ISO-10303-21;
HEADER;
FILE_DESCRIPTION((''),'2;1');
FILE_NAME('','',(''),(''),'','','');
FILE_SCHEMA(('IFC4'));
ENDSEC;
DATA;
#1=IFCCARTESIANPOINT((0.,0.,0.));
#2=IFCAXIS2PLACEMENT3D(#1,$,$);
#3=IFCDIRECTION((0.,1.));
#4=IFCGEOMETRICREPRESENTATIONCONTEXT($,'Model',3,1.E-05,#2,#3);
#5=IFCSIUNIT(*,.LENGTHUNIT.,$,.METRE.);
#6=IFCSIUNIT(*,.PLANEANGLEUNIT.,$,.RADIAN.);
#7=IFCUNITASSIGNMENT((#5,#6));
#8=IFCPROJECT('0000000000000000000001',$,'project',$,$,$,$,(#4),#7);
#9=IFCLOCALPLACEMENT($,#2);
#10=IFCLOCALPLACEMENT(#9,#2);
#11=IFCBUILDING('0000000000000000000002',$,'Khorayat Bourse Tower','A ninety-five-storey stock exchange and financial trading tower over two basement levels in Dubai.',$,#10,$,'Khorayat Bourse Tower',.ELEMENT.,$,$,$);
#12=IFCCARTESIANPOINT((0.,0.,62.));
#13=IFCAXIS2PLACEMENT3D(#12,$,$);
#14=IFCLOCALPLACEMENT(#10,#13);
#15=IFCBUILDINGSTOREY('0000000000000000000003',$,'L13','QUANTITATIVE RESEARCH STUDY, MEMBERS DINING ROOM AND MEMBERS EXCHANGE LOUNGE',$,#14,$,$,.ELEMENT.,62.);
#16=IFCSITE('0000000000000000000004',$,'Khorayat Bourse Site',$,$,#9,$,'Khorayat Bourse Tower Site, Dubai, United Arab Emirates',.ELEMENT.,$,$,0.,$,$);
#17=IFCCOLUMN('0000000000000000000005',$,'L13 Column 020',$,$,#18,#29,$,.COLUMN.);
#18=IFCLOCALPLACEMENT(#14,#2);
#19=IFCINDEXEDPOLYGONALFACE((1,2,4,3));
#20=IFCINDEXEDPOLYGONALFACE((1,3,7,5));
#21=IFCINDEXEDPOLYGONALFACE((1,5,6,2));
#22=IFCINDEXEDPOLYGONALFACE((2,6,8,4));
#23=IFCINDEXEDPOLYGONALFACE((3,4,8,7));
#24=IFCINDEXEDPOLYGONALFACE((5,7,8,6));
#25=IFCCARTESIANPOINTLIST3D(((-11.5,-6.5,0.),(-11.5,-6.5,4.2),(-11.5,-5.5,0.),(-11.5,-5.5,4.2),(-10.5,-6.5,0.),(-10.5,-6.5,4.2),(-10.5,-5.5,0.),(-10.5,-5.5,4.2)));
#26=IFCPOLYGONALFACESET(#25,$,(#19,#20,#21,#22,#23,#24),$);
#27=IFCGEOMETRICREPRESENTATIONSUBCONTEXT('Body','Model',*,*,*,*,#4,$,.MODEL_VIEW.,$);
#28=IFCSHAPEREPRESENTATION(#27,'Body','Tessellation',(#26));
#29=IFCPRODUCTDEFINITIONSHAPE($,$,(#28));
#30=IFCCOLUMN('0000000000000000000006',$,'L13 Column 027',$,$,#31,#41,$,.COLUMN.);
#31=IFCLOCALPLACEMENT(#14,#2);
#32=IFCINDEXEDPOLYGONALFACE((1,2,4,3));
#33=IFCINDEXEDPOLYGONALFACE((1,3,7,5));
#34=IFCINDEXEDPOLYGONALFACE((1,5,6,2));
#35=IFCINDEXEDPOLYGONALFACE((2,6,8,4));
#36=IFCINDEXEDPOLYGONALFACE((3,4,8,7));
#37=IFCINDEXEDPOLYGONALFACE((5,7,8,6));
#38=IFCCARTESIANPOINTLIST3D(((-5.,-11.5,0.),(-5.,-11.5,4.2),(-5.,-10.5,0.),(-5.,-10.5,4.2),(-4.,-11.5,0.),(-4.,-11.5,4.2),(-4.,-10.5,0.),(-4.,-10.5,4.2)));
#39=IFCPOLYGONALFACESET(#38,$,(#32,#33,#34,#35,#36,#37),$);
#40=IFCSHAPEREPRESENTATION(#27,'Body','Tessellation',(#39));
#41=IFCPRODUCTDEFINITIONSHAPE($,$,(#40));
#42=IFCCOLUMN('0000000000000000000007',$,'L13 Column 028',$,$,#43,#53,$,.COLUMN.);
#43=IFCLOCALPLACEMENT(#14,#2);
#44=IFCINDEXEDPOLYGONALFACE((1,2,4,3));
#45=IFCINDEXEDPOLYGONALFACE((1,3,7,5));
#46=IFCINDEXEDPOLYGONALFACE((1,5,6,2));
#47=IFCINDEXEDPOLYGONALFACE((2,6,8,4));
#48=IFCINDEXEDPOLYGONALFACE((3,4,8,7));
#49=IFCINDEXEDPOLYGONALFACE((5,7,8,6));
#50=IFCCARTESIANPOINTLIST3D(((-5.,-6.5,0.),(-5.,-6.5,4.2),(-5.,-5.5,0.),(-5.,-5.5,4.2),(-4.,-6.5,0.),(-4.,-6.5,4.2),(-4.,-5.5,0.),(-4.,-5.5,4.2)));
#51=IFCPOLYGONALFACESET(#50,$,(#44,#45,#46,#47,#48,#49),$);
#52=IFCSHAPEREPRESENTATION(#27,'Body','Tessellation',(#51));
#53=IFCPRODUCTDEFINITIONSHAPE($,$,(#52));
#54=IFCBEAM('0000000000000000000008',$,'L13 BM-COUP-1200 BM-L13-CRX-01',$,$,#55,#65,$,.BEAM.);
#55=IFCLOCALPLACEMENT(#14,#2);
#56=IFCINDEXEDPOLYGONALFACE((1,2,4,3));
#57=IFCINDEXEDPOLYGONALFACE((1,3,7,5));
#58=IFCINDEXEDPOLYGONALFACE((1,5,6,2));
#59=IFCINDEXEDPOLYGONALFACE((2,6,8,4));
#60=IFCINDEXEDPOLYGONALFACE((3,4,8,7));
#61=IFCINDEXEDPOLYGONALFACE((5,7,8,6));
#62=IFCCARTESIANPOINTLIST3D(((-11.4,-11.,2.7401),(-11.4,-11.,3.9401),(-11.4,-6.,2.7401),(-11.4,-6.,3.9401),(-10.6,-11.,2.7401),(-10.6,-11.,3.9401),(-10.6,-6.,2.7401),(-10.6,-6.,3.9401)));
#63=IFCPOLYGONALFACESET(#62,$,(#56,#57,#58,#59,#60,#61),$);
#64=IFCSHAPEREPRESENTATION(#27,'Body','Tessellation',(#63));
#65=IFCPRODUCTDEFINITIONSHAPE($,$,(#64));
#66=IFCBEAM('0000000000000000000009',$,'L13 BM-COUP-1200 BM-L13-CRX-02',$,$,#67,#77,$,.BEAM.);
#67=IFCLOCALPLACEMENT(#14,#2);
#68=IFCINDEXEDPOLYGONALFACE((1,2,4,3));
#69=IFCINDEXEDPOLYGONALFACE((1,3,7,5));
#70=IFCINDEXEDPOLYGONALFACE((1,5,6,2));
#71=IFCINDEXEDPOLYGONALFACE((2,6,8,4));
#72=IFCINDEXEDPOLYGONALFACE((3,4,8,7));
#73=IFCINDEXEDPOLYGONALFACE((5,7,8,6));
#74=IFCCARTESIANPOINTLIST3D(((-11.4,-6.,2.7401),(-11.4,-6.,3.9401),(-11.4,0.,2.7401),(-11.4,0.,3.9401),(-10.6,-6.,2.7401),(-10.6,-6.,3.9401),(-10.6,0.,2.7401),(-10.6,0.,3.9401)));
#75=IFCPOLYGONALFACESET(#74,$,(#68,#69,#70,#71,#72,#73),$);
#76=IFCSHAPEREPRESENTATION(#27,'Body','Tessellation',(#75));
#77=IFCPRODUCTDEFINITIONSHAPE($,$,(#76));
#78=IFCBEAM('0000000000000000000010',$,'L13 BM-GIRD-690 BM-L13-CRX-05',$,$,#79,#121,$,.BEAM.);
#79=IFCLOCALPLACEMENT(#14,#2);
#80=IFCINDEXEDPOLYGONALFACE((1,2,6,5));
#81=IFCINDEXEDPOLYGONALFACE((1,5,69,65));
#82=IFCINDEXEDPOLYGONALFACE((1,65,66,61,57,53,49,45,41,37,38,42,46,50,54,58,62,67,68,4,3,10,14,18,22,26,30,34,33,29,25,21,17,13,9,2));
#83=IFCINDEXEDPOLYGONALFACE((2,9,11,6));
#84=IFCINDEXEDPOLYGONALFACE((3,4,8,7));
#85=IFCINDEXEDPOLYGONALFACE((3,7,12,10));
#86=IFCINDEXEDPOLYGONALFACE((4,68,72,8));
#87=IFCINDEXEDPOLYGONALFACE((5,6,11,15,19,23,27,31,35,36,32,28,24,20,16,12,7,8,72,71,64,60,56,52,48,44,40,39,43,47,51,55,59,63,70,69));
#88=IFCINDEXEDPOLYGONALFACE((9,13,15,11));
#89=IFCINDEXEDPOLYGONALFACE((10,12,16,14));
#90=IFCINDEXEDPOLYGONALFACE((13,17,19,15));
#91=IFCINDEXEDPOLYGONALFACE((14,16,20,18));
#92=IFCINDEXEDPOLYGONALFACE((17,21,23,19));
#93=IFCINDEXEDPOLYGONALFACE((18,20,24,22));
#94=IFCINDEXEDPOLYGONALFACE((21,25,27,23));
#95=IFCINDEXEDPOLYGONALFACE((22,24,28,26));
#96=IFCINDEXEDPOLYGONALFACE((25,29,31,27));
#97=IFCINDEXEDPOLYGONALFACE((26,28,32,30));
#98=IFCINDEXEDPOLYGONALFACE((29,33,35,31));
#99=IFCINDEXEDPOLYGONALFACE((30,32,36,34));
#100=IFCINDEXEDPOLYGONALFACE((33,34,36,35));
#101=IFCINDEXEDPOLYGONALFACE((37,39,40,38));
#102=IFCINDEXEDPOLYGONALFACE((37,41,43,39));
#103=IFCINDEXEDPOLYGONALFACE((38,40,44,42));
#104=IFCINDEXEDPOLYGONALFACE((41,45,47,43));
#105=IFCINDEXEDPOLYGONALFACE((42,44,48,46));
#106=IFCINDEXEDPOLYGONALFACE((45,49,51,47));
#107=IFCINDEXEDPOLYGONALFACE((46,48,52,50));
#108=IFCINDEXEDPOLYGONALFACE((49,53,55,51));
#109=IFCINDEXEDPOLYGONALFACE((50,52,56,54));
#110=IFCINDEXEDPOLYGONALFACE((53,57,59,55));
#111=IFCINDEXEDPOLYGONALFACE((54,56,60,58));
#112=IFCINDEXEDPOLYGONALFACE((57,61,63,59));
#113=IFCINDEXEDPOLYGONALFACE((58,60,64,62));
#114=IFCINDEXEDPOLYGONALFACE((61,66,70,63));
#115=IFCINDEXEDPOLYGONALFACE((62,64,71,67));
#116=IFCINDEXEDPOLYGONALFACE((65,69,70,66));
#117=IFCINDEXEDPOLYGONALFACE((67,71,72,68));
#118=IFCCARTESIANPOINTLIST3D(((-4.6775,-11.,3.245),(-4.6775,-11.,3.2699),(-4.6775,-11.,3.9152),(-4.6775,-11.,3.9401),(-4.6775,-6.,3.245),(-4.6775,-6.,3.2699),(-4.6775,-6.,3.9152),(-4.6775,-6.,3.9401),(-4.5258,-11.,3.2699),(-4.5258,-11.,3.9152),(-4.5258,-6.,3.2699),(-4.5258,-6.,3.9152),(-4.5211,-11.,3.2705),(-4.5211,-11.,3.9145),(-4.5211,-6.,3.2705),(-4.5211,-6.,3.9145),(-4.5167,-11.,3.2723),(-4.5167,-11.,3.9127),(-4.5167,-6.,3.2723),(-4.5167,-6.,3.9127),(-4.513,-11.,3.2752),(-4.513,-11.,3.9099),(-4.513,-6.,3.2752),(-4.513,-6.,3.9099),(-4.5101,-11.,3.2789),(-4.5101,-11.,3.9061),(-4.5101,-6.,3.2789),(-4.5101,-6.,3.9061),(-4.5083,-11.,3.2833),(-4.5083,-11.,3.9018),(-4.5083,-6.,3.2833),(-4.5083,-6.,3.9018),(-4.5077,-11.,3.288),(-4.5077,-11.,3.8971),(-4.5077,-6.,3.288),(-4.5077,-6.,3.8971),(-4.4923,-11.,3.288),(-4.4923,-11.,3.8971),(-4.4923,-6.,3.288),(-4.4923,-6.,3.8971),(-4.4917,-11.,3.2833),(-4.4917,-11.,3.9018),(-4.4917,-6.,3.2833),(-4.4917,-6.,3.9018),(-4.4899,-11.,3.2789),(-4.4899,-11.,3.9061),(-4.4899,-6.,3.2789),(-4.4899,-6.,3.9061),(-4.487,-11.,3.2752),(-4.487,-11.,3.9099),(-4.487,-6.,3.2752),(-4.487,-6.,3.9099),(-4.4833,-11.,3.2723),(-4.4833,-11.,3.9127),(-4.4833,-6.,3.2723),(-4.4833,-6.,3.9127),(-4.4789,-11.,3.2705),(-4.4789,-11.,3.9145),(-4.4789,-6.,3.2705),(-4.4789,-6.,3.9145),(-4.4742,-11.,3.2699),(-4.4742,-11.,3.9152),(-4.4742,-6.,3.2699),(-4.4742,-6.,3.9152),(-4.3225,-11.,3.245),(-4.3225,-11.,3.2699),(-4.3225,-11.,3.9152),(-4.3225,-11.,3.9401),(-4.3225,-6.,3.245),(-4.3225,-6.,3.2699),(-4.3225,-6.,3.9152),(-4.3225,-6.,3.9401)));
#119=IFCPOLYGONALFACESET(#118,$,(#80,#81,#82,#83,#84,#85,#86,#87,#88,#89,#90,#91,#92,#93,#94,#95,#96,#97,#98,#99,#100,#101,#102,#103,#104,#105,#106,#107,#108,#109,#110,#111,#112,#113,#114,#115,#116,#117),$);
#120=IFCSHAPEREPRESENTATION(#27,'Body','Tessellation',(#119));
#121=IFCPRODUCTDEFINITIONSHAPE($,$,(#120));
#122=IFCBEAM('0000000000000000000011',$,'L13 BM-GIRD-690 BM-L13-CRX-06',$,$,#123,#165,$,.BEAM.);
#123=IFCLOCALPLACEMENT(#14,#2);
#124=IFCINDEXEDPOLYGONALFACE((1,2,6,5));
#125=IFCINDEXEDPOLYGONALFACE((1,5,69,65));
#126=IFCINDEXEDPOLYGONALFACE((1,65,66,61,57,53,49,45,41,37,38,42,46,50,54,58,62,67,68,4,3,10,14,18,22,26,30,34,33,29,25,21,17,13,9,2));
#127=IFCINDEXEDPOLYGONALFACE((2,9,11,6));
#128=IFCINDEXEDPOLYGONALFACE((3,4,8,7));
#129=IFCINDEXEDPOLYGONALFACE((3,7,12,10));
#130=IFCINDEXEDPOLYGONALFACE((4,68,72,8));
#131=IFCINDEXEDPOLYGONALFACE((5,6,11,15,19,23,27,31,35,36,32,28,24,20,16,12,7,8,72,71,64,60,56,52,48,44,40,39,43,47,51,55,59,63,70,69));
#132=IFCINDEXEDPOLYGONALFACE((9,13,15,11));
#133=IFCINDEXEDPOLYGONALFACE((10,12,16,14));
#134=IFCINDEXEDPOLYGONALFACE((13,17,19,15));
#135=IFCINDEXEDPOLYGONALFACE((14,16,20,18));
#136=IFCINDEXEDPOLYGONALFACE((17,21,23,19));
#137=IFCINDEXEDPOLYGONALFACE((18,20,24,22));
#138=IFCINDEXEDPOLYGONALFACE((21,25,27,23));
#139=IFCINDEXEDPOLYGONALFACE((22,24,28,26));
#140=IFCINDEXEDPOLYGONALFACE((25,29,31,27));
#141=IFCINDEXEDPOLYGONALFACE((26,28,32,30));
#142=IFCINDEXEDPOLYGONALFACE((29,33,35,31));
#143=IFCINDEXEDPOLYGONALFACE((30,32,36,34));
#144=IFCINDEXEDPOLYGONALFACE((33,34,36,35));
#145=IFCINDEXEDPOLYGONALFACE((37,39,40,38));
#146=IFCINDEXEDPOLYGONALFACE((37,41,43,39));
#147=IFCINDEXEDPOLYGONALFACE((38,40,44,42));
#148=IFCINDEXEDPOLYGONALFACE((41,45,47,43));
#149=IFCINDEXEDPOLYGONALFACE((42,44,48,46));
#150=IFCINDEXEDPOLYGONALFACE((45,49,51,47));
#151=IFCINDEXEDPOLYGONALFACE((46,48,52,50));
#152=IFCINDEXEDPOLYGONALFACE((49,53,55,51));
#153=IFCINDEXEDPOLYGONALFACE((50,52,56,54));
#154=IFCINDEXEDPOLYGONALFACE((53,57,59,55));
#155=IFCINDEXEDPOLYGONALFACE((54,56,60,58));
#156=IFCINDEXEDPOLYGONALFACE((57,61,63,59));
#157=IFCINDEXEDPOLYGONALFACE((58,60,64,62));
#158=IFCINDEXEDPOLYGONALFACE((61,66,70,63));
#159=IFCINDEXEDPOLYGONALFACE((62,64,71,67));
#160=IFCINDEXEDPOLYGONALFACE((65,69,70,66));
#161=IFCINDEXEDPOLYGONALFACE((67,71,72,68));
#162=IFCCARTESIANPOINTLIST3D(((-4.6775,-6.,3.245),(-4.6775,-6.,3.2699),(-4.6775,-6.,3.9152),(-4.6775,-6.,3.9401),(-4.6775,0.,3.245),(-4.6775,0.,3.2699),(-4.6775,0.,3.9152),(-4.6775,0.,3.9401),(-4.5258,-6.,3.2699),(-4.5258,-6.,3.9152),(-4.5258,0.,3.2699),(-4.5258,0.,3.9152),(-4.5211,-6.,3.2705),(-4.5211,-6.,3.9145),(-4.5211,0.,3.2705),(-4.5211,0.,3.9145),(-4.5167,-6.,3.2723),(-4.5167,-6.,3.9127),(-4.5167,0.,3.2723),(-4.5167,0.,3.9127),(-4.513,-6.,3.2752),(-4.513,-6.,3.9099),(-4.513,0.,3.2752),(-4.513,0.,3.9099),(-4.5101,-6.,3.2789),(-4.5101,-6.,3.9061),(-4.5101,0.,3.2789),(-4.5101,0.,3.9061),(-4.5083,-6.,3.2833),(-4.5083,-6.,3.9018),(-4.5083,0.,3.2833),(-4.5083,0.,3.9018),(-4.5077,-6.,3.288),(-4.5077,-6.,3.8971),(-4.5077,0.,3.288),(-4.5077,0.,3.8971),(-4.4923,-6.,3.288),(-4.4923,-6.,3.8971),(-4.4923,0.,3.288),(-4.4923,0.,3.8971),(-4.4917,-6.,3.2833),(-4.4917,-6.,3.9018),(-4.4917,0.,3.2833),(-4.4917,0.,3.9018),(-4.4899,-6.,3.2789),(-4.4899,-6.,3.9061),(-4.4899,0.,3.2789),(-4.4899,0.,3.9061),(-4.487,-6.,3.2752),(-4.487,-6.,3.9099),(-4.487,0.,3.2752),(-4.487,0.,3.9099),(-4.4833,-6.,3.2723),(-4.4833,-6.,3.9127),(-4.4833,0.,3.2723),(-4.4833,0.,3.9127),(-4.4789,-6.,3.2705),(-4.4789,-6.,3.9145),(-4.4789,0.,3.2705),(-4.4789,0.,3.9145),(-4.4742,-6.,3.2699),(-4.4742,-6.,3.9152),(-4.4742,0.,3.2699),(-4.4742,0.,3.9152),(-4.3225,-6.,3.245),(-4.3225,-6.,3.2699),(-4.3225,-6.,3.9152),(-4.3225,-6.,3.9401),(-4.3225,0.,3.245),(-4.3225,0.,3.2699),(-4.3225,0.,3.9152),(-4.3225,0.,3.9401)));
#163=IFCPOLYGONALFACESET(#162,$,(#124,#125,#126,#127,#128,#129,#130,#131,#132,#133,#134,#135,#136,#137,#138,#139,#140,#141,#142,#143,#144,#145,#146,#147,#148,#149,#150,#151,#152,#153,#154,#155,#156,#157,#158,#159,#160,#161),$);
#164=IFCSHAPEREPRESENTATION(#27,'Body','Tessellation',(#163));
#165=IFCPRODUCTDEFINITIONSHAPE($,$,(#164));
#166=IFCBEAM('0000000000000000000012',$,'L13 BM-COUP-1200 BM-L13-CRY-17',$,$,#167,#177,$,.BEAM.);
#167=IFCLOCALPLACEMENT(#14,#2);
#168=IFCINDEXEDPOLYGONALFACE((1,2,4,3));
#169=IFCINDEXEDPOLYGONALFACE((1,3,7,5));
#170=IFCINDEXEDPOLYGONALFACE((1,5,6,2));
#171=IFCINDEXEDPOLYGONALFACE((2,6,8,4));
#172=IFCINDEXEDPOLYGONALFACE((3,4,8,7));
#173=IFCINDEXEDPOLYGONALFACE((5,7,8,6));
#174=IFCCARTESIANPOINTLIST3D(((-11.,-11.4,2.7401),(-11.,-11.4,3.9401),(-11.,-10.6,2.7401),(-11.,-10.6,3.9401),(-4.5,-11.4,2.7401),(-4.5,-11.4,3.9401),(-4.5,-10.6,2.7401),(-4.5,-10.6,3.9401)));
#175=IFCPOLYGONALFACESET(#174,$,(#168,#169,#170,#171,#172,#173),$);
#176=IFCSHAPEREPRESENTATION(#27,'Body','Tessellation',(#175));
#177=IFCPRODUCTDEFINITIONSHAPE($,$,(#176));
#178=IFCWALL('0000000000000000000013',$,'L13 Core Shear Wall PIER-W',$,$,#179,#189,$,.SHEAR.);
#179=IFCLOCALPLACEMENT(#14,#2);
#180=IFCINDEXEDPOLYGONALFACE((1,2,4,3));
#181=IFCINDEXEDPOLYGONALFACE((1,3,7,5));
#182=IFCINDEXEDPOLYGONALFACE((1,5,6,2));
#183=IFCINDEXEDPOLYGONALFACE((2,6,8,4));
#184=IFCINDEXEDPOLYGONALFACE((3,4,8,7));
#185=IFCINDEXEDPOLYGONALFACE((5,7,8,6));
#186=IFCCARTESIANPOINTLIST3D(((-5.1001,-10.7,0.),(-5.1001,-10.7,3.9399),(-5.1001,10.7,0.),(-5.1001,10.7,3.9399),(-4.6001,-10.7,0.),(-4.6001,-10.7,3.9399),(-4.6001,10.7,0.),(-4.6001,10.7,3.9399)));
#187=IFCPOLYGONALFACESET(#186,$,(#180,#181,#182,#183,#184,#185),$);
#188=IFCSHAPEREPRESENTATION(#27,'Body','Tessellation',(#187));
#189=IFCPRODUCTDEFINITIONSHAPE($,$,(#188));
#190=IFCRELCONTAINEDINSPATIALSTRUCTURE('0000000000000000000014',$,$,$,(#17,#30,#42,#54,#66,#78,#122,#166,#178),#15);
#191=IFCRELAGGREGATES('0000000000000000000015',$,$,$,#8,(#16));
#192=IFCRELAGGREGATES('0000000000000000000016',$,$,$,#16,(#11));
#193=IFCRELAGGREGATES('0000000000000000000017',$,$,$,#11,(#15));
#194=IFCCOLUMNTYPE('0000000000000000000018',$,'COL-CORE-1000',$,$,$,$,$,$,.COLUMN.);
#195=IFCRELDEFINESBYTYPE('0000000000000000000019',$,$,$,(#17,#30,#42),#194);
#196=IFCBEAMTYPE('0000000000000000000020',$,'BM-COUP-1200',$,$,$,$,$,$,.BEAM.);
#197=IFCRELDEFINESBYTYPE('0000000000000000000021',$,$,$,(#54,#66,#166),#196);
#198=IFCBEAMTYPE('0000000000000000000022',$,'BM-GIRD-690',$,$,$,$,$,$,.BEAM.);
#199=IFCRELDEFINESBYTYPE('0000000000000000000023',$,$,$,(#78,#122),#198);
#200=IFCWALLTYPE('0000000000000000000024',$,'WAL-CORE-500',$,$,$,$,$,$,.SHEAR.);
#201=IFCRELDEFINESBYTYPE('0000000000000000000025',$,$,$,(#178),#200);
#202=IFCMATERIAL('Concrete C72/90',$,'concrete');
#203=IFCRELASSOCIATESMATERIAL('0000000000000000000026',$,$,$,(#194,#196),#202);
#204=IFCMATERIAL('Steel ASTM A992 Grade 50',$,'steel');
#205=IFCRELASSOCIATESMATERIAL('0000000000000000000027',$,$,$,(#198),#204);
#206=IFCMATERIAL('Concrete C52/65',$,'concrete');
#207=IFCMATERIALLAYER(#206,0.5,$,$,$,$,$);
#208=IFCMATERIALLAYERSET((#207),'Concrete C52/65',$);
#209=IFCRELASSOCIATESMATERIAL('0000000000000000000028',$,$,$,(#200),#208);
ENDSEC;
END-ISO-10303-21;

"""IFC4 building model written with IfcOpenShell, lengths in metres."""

from ifc_helpers import new_model, si_unit, direction, frame, frame_2d, origin, origin_2d, place, context, subcontext, project, spatial, rectangle, i_section, extrude, source, transform, mapped, material, layer, layer_set, material_profile, profile_set, type_object, element, save


model = new_model("IFC4")

# Units and contexts
model_context = context("Model", 3, precision=1e-05, world=origin(), true_north=direction((0.0, 1.0)))
body_context = subcontext(model_context, "Body", "Model", "MODEL_VIEW")
ifc_project = project(units=[si_unit("LENGTHUNIT", "METRE"), si_unit("PLANEANGLEUNIT", "RADIAN")], contexts=[model_context])

# Site, building, storey
site_placement = place(None, origin())
site = spatial("IfcSite", under=ifc_project, at=site_placement, Name="Khorayat Bourse Site", LongName="Khorayat Bourse Tower Site, Dubai, United Arab Emirates", CompositionType="ELEMENT", RefElevation=0.0)
building_placement = place(site_placement, origin())
building = spatial("IfcBuilding", under=site, at=building_placement, Name="Khorayat Bourse Tower", Description="A ninety-five-storey stock exchange and financial trading tower over two basement levels in Dubai.", LongName="Khorayat Bourse Tower", CompositionType="ELEMENT")
storey_placement = place(building_placement, frame((0.0, 0.0, 62.0)))
storey = spatial("IfcBuildingStorey", under=building, at=storey_placement, Name="L13", Description="QUANTITATIVE RESEARCH STUDY, MEMBERS DINING ROOM AND MEMBERS EXCHANGE LOUNGE", CompositionType="ELEMENT", Elevation=62.0)

# Columns
ifc_material_1 = material(Name="Concrete C72/90", Category="concrete")
ifc_material_profile_1 = material_profile(ifc_material_1, rectangle(XDim=1.0, YDim=1.0, at=origin_2d()), Name="RC 1000x1000")
ifc_profile_set_1 = profile_set([ifc_material_profile_1], Name="Concrete C72/90")
column_type = type_object("IfcColumnType", Name="COL-CORE-1000", PredefinedType="COLUMN", material=ifc_profile_set_1)
shared_shape_1 = source(origin(), body_context, "Body", "SweptSolid", [
    extrude(rectangle(XDim=1.0, YDim=1.0, at=origin_2d()), origin(), (0.0, 0.0, 1.0), 4.2),
])
for number, where, z_axis, x_axis, name in (
    (1, (-11.0, -6.0, 0.0), (0.0, 0.0, 1.0), (1.0, 0.0, 0.0), "L13 Column 020"),
    (2, (-4.5, -11.0, 0.0), (0.0, 0.0, 1.0), (1.0, 0.0, 0.0), "L13 Column 027"),
    (3, (-4.5, -6.0, 0.0), (0.0, 0.0, 1.0), (1.0, 0.0, 0.0), "L13 Column 028"),
):
    element("IfcColumn", number, at=place(storey_placement, frame(where, z_axis=z_axis, x_axis=x_axis)), inside=storey, type_object=column_type, Name=name, PredefinedType="COLUMN", context=body_context, shape_type="MappedRepresentation", body=[
        mapped(shared_shape_1, transform((0.0, 0.0, 0.0), scale=1.0)),
    ])

# Beams
ifc_material_profile_2 = material_profile(ifc_material_1, rectangle(XDim=0.8, YDim=1.2, at=origin_2d()), Name="RC 800x1200")
ifc_profile_set_2 = profile_set([ifc_material_profile_2], Name="Concrete C72/90")
beam_type_1 = type_object("IfcBeamType", Name="BM-COUP-1200", PredefinedType="BEAM", material=ifc_profile_set_2)
shared_shape_2 = source(origin(), body_context, "Body", "SweptSolid", [
    extrude(rectangle(XDim=0.8, YDim=1.2, at=origin_2d()), origin(), (0.0, 0.0, 1.0), 5.0),
])
beam_1_placement = place(storey_placement, frame((-11.0, -11.0, 3.3401), z_axis=(0.0, 1.0, 0.0), x_axis=(-1.0, 0.0, 0.0)))
element("IfcBeam", 4, at=beam_1_placement, inside=storey, type_object=beam_type_1, Name="L13 BM-COUP-1200 BM-L13-CRX-01", PredefinedType="BEAM", context=body_context, shape_type="MappedRepresentation", body=[
    mapped(shared_shape_2, transform((0.0, 0.0, 0.0), scale=1.0)),
])
shared_shape_3 = source(origin(), body_context, "Body", "SweptSolid", [
    extrude(rectangle(XDim=0.8, YDim=1.2, at=origin_2d()), origin(), (0.0, 0.0, 1.0), 6.0),
])
beam_2_placement = place(storey_placement, frame((-11.0, -6.0, 3.3401), z_axis=(0.0, 1.0, 0.0), x_axis=(-1.0, 0.0, 0.0)))
element("IfcBeam", 5, at=beam_2_placement, inside=storey, type_object=beam_type_1, Name="L13 BM-COUP-1200 BM-L13-CRX-02", PredefinedType="BEAM", context=body_context, shape_type="MappedRepresentation", body=[
    mapped(shared_shape_3, transform((0.0, 0.0, 0.0), scale=1.0)),
])
ifc_material_2 = material(Name="Steel ASTM A992 Grade 50", Category="steel")
ifc_material_profile_3 = material_profile(ifc_material_2, i_section(OverallWidth=0.355, OverallDepth=0.6951, WebThickness=0.0154, FlangeThickness=0.0249, FilletRadius=0.0181, at=origin_2d()), Name="W690X217")
ifc_profile_set_3 = profile_set([ifc_material_profile_3], Name="Steel ASTM A992 Grade 50")
beam_type_2 = type_object("IfcBeamType", Name="BM-GIRD-690", PredefinedType="BEAM", material=ifc_profile_set_3)
shared_shape_4 = source(origin(), body_context, "Body", "SweptSolid", [
    extrude(i_section(OverallWidth=0.355, OverallDepth=0.6951, WebThickness=0.0154, FlangeThickness=0.0249, FilletRadius=0.0181, at=origin_2d()), origin(), (0.0, 0.0, 1.0), 5.0),
])
beam_3_placement = place(storey_placement, frame((-4.5, -11.0, 3.5925), z_axis=(0.0, 1.0, 0.0), x_axis=(-1.0, 0.0, 0.0)))
element("IfcBeam", 6, at=beam_3_placement, inside=storey, type_object=beam_type_2, Name="L13 BM-GIRD-690 BM-L13-CRX-05", PredefinedType="BEAM", context=body_context, shape_type="MappedRepresentation", body=[
    mapped(shared_shape_4, transform((0.0, 0.0, 0.0), scale=1.0)),
])
shared_shape_5 = source(origin(), body_context, "Body", "SweptSolid", [
    extrude(i_section(OverallWidth=0.355, OverallDepth=0.6951, WebThickness=0.0154, FlangeThickness=0.0249, FilletRadius=0.0181, at=origin_2d()), origin(), (0.0, 0.0, 1.0), 6.0),
])
beam_4_placement = place(storey_placement, frame((-4.5, -6.0, 3.5925), z_axis=(0.0, 1.0, 0.0), x_axis=(-1.0, 0.0, 0.0)))
element("IfcBeam", 7, at=beam_4_placement, inside=storey, type_object=beam_type_2, Name="L13 BM-GIRD-690 BM-L13-CRX-06", PredefinedType="BEAM", context=body_context, shape_type="MappedRepresentation", body=[
    mapped(shared_shape_5, transform((0.0, 0.0, 0.0), scale=1.0)),
])
shared_shape_6 = source(origin(), body_context, "Body", "SweptSolid", [
    extrude(rectangle(XDim=0.8, YDim=1.2, at=origin_2d()), origin(), (0.0, 0.0, 1.0), 6.5),
])
beam_5_placement = place(storey_placement, frame((-11.0, -11.0, 3.3401), z_axis=(1.0, 0.0, 0.0), x_axis=(0.0, 1.0, 0.0)))
element("IfcBeam", 8, at=beam_5_placement, inside=storey, type_object=beam_type_1, Name="L13 BM-COUP-1200 BM-L13-CRY-17", PredefinedType="BEAM", context=body_context, shape_type="MappedRepresentation", body=[
    mapped(shared_shape_6, transform((0.0, 0.0, 0.0), scale=1.0)),
])

# Wall
ifc_material_3 = material(Name="Concrete C52/65", Category="concrete")
ifc_layer_1 = layer(ifc_material_3, 0.5)
ifc_layer_set_1 = layer_set([ifc_layer_1], Name="Concrete C52/65")
wall_type_1 = type_object("IfcWallType", Name="WAL-CORE-500", PredefinedType="SHEAR", material=ifc_layer_set_1)
shared_shape_7 = source(origin(), body_context, "Body", "SweptSolid", [
    extrude(rectangle(XDim=21.3999, YDim=0.5, at=frame_2d((10.7, 0.0))), origin(), (0.0, 0.0, 1.0), 3.9399),
])
wall_1_placement = place(storey_placement, frame((-4.8501, -10.7, 0.0), z_axis=(0.0, 0.0, 1.0), x_axis=(0.0, 1.0, 0.0)))
element("IfcWall", 9, at=wall_1_placement, inside=storey, type_object=wall_type_1, Name="L13 Core Shear Wall PIER-W", PredefinedType="SHEAR", context=body_context, shape_type="MappedRepresentation", body=[
    mapped(shared_shape_7, transform((0.0, 0.0, 0.0), scale=1.0)),
])

save(model, "model.ifc")
